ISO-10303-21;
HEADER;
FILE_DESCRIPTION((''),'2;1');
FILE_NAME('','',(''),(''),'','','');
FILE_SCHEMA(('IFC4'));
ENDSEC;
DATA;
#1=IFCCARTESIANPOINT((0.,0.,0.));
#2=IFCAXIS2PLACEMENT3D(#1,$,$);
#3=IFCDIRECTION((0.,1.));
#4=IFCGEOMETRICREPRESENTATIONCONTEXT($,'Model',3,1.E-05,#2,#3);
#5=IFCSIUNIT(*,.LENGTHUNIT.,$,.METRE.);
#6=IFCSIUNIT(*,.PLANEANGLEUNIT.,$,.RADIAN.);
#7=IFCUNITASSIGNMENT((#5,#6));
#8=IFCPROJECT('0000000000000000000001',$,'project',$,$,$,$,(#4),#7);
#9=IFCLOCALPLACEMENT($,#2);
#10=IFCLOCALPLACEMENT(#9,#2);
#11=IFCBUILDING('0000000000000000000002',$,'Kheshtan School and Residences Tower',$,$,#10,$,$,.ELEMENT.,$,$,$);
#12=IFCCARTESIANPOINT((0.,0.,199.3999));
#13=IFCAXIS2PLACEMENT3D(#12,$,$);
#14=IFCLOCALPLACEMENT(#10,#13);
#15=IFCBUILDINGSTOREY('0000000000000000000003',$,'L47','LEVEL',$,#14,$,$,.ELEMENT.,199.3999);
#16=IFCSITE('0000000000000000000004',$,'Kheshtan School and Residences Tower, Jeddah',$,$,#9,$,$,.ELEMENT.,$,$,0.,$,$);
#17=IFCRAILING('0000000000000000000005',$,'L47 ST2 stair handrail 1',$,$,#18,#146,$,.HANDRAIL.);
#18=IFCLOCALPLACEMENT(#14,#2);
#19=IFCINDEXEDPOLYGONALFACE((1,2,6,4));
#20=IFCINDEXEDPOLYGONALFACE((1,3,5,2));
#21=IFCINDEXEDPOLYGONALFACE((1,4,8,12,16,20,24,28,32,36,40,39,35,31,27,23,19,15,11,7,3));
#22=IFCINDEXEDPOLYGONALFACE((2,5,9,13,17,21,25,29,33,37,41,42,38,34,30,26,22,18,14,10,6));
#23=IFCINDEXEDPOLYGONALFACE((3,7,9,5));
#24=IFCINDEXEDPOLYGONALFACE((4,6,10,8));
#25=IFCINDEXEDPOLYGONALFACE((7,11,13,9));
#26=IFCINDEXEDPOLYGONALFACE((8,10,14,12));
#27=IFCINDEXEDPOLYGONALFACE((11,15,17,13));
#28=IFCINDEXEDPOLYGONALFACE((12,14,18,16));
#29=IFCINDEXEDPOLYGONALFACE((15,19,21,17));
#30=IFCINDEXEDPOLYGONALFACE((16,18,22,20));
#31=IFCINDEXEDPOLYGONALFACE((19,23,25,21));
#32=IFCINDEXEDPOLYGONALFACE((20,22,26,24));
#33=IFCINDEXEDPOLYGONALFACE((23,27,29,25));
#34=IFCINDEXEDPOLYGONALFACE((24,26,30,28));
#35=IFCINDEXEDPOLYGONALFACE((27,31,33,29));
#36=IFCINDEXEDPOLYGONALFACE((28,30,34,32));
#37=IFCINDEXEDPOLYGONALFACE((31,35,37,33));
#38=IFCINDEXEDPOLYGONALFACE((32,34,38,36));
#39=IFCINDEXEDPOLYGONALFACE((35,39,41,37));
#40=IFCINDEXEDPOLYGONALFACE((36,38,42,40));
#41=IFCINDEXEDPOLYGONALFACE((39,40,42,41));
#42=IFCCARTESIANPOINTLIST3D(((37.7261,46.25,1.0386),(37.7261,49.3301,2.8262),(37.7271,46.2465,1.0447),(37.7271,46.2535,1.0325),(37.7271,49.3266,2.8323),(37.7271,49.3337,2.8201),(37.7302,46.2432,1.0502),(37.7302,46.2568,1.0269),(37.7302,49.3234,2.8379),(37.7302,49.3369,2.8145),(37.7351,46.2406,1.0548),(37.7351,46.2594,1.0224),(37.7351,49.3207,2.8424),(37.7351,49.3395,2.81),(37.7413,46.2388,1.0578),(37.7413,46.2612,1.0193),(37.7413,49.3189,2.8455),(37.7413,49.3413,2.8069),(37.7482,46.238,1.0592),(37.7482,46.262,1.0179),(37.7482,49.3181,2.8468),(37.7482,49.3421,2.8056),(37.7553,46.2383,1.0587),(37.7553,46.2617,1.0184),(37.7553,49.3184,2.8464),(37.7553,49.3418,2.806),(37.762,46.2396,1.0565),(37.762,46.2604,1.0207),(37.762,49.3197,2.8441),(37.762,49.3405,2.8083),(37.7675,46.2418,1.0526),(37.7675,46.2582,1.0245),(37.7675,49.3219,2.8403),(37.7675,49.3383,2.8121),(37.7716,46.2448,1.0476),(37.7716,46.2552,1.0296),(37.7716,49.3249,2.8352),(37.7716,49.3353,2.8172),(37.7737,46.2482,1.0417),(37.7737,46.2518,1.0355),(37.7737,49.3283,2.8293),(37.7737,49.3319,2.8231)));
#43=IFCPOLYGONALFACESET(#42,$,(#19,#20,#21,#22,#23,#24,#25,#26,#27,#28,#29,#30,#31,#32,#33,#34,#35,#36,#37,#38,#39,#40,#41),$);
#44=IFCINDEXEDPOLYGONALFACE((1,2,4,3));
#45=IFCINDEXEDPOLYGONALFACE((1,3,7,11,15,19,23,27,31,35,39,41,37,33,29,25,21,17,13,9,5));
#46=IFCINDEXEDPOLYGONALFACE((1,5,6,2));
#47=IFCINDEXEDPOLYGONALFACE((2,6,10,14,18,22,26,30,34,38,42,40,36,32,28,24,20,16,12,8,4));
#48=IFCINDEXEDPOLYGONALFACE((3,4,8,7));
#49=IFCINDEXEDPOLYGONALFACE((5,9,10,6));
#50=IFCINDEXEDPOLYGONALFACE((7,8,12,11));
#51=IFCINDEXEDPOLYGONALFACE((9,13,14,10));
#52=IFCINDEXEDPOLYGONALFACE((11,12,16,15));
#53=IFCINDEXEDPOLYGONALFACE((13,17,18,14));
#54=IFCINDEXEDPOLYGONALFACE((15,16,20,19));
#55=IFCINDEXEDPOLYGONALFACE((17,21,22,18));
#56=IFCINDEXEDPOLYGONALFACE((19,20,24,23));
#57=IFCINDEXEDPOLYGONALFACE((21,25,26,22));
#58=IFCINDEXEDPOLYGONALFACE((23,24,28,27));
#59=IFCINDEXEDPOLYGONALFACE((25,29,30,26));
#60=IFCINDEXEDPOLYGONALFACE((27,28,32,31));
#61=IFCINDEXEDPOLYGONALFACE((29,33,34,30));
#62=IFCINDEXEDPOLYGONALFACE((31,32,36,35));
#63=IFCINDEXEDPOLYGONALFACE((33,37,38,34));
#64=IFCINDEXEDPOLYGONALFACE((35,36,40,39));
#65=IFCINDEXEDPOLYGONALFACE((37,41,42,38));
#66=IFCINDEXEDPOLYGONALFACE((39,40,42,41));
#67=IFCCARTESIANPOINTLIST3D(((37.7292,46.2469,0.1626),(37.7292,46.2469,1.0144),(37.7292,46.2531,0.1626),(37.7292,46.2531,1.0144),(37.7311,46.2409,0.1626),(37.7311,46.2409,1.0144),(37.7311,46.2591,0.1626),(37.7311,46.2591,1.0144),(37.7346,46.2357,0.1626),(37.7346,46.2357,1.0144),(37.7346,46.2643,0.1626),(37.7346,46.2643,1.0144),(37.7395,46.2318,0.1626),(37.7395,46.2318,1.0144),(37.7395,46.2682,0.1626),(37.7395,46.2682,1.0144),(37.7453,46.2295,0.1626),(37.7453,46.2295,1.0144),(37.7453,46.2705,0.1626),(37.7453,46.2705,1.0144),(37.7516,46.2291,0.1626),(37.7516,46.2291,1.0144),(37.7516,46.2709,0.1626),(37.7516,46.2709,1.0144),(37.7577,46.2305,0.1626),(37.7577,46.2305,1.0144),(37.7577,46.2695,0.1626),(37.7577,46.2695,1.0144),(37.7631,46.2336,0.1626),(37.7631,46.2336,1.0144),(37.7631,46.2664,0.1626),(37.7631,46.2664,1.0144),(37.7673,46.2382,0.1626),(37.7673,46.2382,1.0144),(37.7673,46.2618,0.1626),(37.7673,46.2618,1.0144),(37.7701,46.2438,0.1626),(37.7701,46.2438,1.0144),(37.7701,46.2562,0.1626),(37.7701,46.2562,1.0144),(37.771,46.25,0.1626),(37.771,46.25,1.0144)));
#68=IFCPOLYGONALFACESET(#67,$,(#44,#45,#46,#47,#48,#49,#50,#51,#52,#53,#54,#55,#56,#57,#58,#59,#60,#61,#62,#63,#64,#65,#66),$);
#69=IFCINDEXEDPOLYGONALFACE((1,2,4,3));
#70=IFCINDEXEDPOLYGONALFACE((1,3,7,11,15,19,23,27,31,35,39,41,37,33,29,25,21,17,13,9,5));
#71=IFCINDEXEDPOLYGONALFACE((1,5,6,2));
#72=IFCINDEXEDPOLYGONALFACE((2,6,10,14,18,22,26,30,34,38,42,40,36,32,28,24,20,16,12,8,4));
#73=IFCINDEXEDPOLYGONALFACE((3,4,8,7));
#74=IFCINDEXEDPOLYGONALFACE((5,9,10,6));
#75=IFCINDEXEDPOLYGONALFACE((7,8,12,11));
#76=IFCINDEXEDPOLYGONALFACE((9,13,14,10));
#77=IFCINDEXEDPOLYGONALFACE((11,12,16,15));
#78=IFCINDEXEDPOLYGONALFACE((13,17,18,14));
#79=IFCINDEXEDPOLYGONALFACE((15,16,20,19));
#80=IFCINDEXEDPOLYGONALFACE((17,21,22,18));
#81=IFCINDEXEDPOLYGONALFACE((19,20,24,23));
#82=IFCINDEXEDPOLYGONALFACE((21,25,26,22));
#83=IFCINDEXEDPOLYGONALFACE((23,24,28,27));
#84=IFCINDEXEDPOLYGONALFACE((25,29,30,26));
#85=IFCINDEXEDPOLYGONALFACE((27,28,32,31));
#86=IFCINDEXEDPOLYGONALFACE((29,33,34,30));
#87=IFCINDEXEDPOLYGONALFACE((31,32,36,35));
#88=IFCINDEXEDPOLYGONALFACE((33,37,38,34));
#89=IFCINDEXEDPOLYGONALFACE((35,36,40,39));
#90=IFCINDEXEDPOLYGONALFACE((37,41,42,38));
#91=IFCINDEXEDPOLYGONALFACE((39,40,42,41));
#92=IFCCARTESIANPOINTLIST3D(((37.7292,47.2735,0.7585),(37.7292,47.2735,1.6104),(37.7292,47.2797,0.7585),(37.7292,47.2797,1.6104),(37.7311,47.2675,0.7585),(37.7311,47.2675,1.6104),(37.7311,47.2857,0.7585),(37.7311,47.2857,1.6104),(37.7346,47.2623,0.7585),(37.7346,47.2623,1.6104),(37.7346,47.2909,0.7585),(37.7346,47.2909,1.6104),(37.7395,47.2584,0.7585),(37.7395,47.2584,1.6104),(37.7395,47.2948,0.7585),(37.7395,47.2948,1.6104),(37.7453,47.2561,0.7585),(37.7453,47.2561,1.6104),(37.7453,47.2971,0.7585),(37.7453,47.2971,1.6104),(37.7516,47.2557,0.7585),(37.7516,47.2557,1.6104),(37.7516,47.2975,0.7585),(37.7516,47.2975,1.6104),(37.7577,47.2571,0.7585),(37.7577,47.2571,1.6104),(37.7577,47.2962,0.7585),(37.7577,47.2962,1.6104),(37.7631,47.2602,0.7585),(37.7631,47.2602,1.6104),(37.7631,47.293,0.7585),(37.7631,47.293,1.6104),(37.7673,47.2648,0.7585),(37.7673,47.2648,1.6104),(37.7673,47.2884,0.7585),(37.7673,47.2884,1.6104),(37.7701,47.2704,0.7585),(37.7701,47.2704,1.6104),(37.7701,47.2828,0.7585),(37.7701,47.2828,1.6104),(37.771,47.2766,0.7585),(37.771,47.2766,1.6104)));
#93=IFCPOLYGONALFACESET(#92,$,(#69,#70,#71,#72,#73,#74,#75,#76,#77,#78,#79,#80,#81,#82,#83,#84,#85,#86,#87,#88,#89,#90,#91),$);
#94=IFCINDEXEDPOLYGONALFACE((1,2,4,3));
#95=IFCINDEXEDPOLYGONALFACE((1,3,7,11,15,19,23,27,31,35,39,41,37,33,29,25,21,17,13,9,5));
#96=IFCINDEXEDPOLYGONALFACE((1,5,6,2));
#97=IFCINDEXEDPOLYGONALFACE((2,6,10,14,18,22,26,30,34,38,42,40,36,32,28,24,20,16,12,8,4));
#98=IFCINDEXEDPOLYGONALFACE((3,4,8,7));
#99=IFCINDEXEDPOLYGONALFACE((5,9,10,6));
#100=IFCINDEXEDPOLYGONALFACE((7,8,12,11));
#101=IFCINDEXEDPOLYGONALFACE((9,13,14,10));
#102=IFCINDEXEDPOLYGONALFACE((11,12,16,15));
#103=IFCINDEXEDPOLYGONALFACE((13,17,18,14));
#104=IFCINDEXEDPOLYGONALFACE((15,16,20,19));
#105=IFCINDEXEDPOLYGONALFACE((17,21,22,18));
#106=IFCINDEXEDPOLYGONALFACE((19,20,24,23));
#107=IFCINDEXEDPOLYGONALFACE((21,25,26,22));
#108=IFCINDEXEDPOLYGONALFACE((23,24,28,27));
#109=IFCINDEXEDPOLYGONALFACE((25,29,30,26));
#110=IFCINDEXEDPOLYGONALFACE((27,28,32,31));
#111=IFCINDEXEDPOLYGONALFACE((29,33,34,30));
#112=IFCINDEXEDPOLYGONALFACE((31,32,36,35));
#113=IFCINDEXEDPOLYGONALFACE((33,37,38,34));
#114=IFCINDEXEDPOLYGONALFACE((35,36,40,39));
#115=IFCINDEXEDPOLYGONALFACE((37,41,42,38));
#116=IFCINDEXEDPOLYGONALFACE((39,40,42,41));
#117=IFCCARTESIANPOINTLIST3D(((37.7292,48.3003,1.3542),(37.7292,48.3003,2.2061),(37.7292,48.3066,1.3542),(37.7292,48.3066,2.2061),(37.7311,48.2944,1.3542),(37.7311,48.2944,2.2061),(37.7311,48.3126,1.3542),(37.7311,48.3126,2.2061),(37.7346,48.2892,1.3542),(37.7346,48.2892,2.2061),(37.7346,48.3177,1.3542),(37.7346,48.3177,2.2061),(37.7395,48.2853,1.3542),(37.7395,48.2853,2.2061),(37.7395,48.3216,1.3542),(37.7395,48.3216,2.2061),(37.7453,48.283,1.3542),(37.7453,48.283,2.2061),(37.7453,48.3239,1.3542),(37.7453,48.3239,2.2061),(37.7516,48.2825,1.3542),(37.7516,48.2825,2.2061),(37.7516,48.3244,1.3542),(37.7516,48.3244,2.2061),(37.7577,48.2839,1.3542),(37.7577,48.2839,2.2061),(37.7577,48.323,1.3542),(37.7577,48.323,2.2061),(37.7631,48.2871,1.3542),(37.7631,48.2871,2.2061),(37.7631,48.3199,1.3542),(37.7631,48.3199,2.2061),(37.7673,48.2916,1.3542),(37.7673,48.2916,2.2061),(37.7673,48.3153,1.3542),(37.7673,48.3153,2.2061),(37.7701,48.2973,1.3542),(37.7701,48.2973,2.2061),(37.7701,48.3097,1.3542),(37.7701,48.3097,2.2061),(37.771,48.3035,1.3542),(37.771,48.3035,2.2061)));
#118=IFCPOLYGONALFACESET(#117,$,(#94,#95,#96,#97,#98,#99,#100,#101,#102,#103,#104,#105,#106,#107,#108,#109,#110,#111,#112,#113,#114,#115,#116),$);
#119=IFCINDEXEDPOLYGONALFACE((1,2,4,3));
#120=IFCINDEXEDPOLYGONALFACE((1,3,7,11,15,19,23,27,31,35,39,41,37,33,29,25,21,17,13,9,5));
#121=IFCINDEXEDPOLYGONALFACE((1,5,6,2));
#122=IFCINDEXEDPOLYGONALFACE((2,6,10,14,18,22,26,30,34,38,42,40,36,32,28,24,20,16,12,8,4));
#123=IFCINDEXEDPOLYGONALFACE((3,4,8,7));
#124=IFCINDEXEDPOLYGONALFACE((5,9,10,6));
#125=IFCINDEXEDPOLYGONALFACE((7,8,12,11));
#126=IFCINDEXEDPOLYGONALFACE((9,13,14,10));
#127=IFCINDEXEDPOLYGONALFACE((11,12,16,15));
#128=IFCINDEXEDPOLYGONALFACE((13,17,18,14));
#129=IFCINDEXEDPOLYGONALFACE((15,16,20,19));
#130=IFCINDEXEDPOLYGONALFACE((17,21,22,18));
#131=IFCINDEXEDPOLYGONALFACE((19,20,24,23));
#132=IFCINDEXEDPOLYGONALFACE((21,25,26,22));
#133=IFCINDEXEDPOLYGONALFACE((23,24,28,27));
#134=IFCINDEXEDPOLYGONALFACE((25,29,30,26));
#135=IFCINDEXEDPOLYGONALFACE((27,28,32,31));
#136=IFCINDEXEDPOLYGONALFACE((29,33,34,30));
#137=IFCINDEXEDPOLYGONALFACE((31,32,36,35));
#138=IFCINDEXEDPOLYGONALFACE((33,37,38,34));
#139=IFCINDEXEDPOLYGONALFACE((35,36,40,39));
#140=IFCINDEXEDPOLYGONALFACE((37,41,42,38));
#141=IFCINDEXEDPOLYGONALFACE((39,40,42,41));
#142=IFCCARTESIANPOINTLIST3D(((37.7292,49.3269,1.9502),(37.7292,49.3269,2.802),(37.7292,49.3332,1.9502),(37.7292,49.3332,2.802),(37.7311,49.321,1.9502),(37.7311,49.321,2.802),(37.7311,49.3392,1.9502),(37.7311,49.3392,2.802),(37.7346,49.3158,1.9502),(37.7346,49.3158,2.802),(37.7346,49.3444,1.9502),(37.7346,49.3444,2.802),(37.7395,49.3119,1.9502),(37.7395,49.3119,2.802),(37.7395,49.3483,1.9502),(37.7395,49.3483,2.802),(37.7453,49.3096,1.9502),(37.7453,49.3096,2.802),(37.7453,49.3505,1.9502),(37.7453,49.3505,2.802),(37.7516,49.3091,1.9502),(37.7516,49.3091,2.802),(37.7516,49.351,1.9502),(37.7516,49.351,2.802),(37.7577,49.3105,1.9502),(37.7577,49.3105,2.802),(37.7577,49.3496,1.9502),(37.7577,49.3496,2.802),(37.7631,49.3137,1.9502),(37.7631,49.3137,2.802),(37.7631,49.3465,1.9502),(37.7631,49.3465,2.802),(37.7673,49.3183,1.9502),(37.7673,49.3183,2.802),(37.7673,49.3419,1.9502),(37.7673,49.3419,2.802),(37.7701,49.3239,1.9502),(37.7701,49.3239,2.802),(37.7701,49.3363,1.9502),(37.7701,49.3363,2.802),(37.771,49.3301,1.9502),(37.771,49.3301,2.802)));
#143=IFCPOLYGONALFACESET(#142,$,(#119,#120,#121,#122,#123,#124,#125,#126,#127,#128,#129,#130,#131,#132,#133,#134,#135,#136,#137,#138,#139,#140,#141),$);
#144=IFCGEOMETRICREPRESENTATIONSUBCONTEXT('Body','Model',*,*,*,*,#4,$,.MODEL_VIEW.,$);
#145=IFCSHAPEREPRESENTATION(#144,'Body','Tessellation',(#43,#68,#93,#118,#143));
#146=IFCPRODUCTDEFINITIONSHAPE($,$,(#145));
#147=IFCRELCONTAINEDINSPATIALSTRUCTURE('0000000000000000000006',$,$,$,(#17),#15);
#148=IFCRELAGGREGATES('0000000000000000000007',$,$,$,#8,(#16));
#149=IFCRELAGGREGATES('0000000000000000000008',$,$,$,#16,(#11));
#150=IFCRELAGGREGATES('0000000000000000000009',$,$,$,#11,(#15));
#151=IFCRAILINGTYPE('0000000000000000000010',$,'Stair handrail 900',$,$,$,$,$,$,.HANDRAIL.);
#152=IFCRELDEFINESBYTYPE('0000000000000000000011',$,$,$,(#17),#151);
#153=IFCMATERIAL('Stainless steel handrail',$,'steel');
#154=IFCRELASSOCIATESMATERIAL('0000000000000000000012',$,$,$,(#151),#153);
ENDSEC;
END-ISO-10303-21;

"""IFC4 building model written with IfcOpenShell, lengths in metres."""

from ifc_helpers import new_model, si_unit, direction, frame, origin, origin_2d, place, context, subcontext, project, spatial, circle, extrude, material, type_object, element, save


model = new_model("IFC4")

# Units and contexts
model_context = context("Model", 3, precision=1e-05, world=origin(), true_north=direction((0.0, 1.0)))
body_context = subcontext(model_context, "Body", "Model", "MODEL_VIEW")
ifc_project = project(units=[si_unit("LENGTHUNIT", "METRE"), si_unit("PLANEANGLEUNIT", "RADIAN")], contexts=[model_context])

# Site, building, storey
site_placement = place(None, origin())
site = spatial("IfcSite", under=ifc_project, at=site_placement, Name="Kheshtan School and Residences Tower, Jeddah", CompositionType="ELEMENT", RefElevation=0.0)
building_placement = place(site_placement, origin())
building = spatial("IfcBuilding", under=site, at=building_placement, Name="Kheshtan School and Residences Tower", CompositionType="ELEMENT")
storey_placement = place(building_placement, frame((0.0, 0.0, 199.3999)))
storey = spatial("IfcBuildingStorey", under=building, at=storey_placement, Name="L47", Description="LEVEL", CompositionType="ELEMENT", Elevation=199.3999)

# Railing
ifc_material_1 = material(Name="Stainless steel handrail", Category="steel")
railing_type_1 = type_object("IfcRailingType", Name="Stair handrail 900", PredefinedType="HANDRAIL", material=ifc_material_1)
railing_1_placement = place(storey_placement, frame((37.75, 46.25, 0.1626)))
element("IfcRailing", 1, at=railing_1_placement, inside=storey, type_object=railing_type_1, Name="L47 ST2 stair handrail 1", PredefinedType="HANDRAIL", context=body_context, shape_type="SweptSolid", body=[
    extrude(circle(Radius=0.0239, at=origin_2d()), frame((0.0, 0.0, 0.876), z_axis=(0.0, 0.864891, 0.50196), x_axis=(-1.0, 0.0, 0.0)), (0.0, 0.0, 1.0), 3.5613),
    extrude(circle(Radius=0.021, at=origin_2d()), origin(), (0.0, 0.0, 1.0), 0.8518),
    extrude(circle(Radius=0.021, at=origin_2d()), frame((0.0, 1.0266, 0.5959)), (0.0, 0.0, 1.0), 0.8518),
    extrude(circle(Radius=0.021, at=origin_2d()), frame((0.0, 2.0535, 1.1917)), (0.0, 0.0, 1.0), 0.8518),
    extrude(circle(Radius=0.021, at=origin_2d()), frame((0.0, 3.0801, 1.7876)), (0.0, 0.0, 1.0), 0.8518),
])

save(model, "model.ifc")
